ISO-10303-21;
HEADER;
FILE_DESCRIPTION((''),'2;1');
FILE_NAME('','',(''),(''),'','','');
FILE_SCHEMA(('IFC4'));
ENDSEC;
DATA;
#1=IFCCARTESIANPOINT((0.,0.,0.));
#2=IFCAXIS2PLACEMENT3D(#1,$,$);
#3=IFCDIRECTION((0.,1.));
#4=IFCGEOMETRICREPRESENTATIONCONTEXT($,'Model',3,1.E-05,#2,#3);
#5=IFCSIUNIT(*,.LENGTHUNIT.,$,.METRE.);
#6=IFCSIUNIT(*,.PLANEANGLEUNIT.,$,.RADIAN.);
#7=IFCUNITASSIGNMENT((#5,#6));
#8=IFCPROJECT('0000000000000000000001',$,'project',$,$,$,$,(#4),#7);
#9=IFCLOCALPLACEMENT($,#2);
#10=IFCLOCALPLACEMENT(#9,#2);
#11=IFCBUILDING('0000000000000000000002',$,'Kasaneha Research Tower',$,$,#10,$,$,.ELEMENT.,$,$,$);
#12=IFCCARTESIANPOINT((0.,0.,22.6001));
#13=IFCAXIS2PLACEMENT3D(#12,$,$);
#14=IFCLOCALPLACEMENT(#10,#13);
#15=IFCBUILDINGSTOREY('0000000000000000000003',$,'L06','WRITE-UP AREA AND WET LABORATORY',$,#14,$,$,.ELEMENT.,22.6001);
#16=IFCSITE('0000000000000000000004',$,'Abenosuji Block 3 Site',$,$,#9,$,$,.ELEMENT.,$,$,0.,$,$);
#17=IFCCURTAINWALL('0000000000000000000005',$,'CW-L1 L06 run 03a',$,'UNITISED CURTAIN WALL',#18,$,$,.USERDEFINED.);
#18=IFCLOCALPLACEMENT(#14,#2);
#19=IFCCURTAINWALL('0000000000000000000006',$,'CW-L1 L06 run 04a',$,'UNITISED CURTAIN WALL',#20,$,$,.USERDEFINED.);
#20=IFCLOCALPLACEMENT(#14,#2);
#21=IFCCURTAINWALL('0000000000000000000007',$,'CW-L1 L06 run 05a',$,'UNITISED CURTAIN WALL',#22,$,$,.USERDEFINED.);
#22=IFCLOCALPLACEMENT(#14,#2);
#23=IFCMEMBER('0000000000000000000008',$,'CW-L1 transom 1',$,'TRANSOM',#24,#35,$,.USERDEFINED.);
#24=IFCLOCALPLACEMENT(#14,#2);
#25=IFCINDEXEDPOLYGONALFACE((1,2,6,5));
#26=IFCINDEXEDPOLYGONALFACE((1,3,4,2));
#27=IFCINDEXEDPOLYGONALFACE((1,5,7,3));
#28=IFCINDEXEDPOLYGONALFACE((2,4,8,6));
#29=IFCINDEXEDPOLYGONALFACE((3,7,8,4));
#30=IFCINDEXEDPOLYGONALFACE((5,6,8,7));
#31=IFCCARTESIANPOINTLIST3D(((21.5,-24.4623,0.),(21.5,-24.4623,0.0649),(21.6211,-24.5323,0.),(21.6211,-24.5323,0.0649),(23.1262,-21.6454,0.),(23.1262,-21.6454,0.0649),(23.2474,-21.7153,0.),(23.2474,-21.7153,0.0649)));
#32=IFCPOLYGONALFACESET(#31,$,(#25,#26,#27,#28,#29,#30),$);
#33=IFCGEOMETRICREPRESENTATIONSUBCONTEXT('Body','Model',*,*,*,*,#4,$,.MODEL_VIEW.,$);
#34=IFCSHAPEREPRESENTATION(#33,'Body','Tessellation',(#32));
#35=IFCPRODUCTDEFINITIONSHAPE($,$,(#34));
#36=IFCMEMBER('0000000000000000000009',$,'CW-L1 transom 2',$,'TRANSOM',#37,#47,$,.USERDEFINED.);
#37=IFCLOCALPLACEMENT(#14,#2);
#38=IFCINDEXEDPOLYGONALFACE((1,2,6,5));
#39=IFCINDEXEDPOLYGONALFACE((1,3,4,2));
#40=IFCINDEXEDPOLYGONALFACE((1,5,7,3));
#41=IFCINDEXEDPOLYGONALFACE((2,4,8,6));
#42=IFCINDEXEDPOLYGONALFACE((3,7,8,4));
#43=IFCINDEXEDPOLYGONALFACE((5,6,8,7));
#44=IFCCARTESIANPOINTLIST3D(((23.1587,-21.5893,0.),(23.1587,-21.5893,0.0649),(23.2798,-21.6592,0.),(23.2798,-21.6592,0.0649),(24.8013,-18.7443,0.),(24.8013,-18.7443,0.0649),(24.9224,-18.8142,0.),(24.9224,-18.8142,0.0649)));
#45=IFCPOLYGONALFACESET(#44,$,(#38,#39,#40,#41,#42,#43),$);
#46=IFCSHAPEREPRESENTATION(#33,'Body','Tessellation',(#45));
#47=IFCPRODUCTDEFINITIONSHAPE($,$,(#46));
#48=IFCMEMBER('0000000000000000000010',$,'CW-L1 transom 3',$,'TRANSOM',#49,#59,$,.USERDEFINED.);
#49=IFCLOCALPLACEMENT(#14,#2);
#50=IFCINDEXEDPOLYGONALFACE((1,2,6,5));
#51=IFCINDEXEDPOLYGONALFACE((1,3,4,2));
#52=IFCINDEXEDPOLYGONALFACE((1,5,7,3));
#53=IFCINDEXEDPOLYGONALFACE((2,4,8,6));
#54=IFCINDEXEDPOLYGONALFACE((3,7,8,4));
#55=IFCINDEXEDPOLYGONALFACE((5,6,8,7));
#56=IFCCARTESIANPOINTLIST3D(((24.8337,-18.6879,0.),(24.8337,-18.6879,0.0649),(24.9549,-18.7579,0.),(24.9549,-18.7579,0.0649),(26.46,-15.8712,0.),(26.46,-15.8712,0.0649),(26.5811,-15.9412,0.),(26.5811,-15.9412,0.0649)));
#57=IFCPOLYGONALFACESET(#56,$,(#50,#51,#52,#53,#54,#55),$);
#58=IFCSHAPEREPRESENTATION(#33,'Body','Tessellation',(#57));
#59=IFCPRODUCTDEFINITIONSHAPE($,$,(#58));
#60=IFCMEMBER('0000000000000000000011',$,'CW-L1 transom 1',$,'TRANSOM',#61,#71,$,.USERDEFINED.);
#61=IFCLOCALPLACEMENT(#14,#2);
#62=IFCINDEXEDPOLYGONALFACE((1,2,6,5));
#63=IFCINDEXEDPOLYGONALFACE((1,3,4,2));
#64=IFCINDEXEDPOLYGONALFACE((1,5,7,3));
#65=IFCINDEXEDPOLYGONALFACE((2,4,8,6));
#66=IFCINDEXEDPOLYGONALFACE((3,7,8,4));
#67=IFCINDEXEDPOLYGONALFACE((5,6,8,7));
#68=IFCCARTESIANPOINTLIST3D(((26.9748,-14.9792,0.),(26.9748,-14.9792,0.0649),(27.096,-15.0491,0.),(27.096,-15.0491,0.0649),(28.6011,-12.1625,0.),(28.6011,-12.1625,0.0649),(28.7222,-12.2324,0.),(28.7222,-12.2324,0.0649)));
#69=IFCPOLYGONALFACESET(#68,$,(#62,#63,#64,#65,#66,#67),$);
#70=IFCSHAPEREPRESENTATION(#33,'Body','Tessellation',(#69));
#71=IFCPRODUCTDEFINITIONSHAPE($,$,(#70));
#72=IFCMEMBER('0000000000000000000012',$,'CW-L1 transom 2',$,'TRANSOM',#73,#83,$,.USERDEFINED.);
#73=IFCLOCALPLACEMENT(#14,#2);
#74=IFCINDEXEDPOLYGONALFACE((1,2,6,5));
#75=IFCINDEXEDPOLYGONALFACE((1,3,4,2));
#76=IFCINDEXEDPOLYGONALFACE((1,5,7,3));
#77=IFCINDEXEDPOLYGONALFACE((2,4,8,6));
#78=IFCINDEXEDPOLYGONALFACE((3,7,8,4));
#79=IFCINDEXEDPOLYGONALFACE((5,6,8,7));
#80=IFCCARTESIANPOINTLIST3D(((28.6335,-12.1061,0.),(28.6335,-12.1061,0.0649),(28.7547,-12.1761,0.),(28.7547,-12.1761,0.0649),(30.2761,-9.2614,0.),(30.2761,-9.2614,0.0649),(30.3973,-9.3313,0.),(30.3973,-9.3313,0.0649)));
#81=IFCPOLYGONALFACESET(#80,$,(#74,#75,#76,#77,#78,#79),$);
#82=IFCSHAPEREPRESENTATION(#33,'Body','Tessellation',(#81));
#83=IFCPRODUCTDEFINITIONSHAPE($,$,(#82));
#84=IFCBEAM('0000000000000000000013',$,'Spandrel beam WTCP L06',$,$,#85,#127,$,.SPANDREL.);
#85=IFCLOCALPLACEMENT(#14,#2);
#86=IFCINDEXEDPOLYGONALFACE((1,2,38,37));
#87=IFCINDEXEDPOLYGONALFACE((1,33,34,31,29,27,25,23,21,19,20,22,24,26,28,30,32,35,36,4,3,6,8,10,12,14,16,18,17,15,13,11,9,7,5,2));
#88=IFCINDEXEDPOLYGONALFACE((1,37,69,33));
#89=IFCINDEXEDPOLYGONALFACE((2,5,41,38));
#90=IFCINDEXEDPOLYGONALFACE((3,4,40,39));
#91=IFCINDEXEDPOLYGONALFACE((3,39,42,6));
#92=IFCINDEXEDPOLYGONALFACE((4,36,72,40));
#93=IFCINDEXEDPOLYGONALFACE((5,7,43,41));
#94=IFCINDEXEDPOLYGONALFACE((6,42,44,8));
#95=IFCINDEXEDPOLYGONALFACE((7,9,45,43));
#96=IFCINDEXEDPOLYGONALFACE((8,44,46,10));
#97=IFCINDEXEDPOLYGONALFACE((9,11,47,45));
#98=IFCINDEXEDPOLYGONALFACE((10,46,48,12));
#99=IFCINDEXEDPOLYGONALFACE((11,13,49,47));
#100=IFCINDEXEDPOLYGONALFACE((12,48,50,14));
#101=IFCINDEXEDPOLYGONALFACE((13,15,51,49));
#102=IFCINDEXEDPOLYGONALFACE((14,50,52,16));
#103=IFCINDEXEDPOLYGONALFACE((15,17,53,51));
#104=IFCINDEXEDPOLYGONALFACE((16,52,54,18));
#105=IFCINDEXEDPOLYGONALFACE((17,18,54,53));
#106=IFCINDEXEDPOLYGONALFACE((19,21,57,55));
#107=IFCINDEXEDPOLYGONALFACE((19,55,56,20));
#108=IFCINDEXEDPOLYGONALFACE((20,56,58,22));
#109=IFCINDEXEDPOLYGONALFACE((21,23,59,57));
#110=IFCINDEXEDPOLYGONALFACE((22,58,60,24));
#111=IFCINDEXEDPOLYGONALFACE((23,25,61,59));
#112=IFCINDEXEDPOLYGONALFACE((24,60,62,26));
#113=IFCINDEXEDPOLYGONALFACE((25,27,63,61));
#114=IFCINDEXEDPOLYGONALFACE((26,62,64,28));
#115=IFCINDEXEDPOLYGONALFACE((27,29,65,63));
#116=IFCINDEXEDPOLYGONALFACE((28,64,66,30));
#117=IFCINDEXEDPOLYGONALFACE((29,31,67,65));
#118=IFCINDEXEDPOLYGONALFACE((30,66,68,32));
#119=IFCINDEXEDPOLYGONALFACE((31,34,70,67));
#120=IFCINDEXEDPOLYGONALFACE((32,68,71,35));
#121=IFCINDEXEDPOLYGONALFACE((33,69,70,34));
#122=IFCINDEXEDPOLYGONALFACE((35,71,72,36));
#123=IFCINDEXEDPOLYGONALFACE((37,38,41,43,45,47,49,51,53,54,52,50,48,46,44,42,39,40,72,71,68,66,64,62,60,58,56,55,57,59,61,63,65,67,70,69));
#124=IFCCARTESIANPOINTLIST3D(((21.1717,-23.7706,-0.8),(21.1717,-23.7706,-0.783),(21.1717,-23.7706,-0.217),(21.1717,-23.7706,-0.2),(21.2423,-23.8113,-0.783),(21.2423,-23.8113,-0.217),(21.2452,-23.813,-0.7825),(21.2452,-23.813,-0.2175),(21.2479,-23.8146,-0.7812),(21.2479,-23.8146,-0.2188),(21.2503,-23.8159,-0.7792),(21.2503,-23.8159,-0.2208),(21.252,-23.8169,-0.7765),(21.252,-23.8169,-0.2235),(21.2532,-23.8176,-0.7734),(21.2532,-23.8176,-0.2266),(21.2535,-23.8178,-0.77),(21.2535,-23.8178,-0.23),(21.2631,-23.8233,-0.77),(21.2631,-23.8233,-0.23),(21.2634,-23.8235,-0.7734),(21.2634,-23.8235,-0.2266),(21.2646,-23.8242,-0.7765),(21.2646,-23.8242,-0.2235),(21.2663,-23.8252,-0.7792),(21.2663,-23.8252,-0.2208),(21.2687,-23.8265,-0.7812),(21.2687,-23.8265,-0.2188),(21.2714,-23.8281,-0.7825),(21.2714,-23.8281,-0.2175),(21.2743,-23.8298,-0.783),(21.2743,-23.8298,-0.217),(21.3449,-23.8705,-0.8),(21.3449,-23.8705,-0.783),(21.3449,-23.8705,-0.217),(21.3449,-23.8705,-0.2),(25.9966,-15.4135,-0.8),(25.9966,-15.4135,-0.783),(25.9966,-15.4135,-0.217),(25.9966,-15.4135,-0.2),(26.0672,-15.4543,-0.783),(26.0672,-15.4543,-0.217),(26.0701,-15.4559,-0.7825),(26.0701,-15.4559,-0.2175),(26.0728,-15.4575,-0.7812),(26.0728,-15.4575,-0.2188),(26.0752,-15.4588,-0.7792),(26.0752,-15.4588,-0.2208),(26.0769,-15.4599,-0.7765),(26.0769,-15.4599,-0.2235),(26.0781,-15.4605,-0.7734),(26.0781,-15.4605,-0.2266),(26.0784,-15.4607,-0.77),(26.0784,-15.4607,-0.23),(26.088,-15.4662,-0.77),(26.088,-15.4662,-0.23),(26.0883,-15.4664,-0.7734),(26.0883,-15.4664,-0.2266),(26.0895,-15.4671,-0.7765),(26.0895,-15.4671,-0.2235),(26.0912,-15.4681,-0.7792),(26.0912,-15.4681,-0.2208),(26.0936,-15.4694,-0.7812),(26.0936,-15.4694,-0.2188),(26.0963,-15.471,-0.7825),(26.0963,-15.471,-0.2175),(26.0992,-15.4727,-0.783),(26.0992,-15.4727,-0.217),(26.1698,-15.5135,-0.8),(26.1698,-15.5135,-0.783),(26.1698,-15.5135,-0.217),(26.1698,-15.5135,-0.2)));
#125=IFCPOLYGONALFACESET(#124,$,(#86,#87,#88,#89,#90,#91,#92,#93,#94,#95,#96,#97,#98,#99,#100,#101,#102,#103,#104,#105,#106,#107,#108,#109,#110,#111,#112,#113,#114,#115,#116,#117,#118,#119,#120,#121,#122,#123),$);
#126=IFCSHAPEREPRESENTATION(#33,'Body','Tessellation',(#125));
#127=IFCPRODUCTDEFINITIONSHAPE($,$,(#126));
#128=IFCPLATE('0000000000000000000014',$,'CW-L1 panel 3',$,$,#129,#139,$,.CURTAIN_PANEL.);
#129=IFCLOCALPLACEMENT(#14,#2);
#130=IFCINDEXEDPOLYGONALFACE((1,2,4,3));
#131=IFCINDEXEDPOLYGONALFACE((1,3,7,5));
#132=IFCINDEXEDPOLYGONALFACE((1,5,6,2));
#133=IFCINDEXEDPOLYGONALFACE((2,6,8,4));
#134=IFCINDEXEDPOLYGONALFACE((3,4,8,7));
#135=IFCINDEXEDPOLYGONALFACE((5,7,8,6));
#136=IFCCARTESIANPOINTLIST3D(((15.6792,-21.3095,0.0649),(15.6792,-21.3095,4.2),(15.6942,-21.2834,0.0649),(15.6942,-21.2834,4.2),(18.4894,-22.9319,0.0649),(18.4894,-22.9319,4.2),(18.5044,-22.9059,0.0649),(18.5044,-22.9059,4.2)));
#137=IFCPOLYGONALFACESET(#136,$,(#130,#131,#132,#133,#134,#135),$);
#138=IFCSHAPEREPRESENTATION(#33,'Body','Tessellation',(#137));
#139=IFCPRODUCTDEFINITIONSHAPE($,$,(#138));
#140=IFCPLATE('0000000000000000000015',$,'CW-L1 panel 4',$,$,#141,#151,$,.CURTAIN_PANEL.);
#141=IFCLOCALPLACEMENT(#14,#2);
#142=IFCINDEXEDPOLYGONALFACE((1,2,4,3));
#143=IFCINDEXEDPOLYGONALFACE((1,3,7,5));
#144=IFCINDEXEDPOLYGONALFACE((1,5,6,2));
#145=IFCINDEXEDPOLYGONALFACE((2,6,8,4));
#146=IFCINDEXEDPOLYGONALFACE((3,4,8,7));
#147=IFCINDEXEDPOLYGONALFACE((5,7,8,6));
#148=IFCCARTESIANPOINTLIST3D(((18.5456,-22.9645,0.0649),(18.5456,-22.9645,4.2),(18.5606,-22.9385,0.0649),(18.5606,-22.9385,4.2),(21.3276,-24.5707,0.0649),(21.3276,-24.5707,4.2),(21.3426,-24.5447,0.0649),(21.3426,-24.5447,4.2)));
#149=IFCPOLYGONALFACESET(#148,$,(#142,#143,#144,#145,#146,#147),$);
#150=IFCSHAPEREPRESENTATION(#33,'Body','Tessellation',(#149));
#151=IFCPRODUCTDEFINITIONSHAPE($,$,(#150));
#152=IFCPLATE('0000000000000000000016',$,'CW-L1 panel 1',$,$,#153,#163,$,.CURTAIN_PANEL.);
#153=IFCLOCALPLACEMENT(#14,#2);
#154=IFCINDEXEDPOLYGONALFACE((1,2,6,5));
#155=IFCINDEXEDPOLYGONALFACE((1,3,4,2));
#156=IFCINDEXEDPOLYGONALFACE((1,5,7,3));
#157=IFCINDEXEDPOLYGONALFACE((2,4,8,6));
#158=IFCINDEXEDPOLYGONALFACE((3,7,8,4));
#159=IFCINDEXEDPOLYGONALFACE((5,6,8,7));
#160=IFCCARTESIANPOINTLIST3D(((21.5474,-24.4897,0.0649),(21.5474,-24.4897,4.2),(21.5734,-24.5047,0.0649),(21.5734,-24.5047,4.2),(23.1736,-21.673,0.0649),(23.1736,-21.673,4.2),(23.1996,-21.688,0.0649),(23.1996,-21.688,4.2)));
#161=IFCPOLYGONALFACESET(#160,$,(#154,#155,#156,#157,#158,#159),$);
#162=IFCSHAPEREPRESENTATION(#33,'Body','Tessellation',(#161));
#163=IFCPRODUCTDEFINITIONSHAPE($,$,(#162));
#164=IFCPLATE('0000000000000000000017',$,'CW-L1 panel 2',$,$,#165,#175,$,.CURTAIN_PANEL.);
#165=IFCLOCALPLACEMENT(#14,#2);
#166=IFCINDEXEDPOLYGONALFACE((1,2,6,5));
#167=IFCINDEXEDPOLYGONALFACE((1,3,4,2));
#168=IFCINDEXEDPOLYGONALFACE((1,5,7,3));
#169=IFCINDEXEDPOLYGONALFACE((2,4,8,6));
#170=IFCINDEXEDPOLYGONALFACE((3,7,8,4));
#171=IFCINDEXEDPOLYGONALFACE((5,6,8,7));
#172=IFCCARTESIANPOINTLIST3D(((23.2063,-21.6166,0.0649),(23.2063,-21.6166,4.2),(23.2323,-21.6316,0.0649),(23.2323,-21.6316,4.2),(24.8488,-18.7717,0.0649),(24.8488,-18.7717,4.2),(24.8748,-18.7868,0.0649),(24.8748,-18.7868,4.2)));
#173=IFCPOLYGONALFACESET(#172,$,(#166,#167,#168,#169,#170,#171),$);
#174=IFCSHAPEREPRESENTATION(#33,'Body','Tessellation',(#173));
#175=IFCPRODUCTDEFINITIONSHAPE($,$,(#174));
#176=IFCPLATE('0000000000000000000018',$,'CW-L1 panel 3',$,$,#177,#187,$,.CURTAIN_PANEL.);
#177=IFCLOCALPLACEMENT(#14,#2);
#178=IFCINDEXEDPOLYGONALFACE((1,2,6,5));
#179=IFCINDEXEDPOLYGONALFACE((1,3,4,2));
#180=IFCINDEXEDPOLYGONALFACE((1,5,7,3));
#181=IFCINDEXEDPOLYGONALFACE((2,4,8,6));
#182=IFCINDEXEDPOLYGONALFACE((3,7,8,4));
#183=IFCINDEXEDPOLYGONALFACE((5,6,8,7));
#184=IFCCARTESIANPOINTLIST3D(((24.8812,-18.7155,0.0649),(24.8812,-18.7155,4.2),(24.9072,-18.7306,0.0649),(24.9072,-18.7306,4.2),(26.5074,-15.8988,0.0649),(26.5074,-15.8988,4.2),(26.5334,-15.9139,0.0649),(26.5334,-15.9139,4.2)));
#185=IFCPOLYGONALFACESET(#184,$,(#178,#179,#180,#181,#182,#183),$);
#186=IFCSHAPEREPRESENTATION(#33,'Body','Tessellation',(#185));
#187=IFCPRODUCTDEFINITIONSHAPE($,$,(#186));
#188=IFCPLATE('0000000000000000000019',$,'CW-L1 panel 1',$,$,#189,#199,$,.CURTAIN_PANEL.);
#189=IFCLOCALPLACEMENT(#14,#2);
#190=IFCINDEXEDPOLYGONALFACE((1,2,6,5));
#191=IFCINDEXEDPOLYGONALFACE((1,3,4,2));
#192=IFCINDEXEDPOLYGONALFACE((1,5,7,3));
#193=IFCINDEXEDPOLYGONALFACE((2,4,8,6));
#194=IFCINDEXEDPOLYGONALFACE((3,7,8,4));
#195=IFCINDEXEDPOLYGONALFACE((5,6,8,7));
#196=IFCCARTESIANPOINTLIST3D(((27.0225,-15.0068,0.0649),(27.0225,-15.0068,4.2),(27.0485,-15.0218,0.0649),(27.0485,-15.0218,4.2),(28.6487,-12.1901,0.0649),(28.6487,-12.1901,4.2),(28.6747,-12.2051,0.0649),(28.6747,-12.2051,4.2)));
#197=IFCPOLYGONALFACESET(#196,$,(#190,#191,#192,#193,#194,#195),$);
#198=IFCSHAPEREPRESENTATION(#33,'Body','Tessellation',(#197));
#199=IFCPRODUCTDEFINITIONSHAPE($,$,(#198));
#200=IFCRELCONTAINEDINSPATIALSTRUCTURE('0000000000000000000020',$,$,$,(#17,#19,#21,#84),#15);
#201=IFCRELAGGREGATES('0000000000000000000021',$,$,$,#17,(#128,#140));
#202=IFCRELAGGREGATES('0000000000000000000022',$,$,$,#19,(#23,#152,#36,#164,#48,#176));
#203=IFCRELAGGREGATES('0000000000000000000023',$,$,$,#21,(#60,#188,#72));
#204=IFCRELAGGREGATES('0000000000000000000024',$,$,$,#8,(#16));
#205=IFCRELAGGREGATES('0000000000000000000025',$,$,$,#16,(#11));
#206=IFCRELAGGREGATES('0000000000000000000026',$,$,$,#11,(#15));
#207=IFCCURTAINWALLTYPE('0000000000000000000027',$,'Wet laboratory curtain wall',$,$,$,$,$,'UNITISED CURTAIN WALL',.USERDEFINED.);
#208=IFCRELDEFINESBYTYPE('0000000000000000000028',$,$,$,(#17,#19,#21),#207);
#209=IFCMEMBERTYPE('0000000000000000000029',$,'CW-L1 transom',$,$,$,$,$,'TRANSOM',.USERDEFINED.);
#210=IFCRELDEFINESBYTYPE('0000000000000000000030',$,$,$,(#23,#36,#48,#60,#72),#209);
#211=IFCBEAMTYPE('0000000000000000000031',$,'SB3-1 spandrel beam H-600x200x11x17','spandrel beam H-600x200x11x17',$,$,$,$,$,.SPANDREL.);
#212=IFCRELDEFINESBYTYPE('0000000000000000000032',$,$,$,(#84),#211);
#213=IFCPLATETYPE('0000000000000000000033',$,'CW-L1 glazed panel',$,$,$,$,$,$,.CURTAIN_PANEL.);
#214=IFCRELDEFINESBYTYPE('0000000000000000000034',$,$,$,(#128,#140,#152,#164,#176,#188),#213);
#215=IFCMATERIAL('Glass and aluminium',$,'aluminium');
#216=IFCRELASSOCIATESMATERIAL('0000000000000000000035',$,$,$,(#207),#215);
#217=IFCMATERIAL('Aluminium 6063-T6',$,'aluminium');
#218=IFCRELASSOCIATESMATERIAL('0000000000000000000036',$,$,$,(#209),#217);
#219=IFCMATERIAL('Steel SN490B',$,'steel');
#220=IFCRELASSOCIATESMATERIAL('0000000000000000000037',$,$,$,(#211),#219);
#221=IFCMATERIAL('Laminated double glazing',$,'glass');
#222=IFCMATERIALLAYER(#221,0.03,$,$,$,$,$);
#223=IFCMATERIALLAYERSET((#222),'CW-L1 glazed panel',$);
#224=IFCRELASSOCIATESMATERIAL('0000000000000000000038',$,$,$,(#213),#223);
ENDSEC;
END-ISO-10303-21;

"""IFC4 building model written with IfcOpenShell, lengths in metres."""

from ifc_helpers import new_model, si_unit, direction, frame, origin, origin_2d, place, context, subcontext, project, spatial, rectangle, i_section, extrude, material, layer, layer_set, material_profile, profile_set, type_object, element, aggregate, save


model = new_model("IFC4")

# Units and contexts
model_context = context("Model", 3, precision=1e-05, world=origin(), true_north=direction((0.0, 1.0)))
body_context = subcontext(model_context, "Body", "Model", "MODEL_VIEW")
ifc_project = project(units=[si_unit("LENGTHUNIT", "METRE"), si_unit("PLANEANGLEUNIT", "RADIAN")], contexts=[model_context])

# Site, building, storey
site_placement = place(None, origin())
site = spatial("IfcSite", under=ifc_project, at=site_placement, Name="Abenosuji Block 3 Site", CompositionType="ELEMENT", RefElevation=0.0)
building_placement = place(site_placement, origin())
building = spatial("IfcBuilding", under=site, at=building_placement, Name="Kasaneha Research Tower", CompositionType="ELEMENT")
storey_placement = place(building_placement, frame((0.0, 0.0, 22.6001)))
storey = spatial("IfcBuildingStorey", under=building, at=storey_placement, Name="L06", Description="WRITE-UP AREA AND WET LABORATORY", CompositionType="ELEMENT", Elevation=22.6001)

# Curtain walls
ifc_material_1 = material(Name="Glass and aluminium", Category="aluminium")
curtain_wall_type = type_object("IfcCurtainWallType", Name="Wet laboratory curtain wall", ElementType="UNITISED CURTAIN WALL", PredefinedType="USERDEFINED", material=ifc_material_1)
curtain_wall_1_placement = place(storey_placement, origin())
curtain_wall_1 = element("IfcCurtainWall", 1, at=curtain_wall_1_placement, inside=storey, type_object=curtain_wall_type, Name="CW-L1 L06 run 03a", ObjectType="UNITISED CURTAIN WALL", PredefinedType="USERDEFINED")
curtain_wall_2_placement = place(storey_placement, origin())
curtain_wall_2 = element("IfcCurtainWall", 2, at=curtain_wall_2_placement, inside=storey, type_object=curtain_wall_type, Name="CW-L1 L06 run 04a", ObjectType="UNITISED CURTAIN WALL", PredefinedType="USERDEFINED")
curtain_wall_3_placement = place(storey_placement, origin())
curtain_wall_3 = element("IfcCurtainWall", 3, at=curtain_wall_3_placement, inside=storey, type_object=curtain_wall_type, Name="CW-L1 L06 run 05a", ObjectType="UNITISED CURTAIN WALL", PredefinedType="USERDEFINED")

# Members
ifc_material_2 = material(Name="Aluminium 6063-T6", Category="aluminium")
ifc_material_profile_1 = material_profile(ifc_material_2, rectangle(XDim=0.1399, YDim=0.0649, at=origin_2d()), Name="CW-L1 transom 140x65")
ifc_profile_set_1 = profile_set([ifc_material_profile_1], Name="Aluminium 6063-T6")
member_type_1 = type_object("IfcMemberType", Name="CW-L1 transom", ElementType="TRANSOM", PredefinedType="USERDEFINED", material=ifc_profile_set_1)
member_1_placement = place(storey_placement, frame((21.5605, -24.4973, 0.0325), z_axis=(0.499974, 0.866041, 0.0), x_axis=(-0.866041, 0.499974, 0.0)))
member_1 = element("IfcMember", 4, at=member_1_placement, type_object=member_type_1, Name="CW-L1 transom 1", ObjectType="TRANSOM", PredefinedType="USERDEFINED", context=body_context, shape_type="SweptSolid", body=[
    extrude(rectangle(XDim=0.1399, YDim=0.0649, at=origin_2d()), origin(), (0.0, 0.0, 1.0), 3.2527),
])
member_2_placement = place(storey_placement, frame((23.2192, -21.6243, 0.0325), z_axis=(0.500008, 0.866021, 0.0), x_axis=(-0.866021, 0.500008, 0.0)))
member_2 = element("IfcMember", 5, at=member_2_placement, type_object=member_type_1, Name="CW-L1 transom 2", ObjectType="TRANSOM", PredefinedType="USERDEFINED", context=body_context, shape_type="SweptSolid", body=[
    extrude(rectangle(XDim=0.1399, YDim=0.0649, at=origin_2d()), origin(), (0.0, 0.0, 1.0), 3.2852),
])
member_3_placement = place(storey_placement, frame((24.8943, -18.7229, 0.0325), z_axis=(0.500006, 0.866022, 0.0), x_axis=(-0.866022, 0.500006, 0.0)))
member_3 = element("IfcMember", 6, at=member_3_placement, type_object=member_type_1, Name="CW-L1 transom 3", ObjectType="TRANSOM", PredefinedType="USERDEFINED", context=body_context, shape_type="SweptSolid", body=[
    extrude(rectangle(XDim=0.1399, YDim=0.0649, at=origin_2d()), origin(), (0.0, 0.0, 1.0), 3.2524),
])
member_4_placement = place(storey_placement, frame((27.0354, -15.0142, 0.0325), z_axis=(0.500006, 0.866022, 0.0), x_axis=(-0.866022, 0.500006, 0.0)))
member_4 = element("IfcMember", 7, at=member_4_placement, type_object=member_type_1, Name="CW-L1 transom 1", ObjectType="TRANSOM", PredefinedType="USERDEFINED", context=body_context, shape_type="SweptSolid", body=[
    extrude(rectangle(XDim=0.1399, YDim=0.0649, at=origin_2d()), origin(), (0.0, 0.0, 1.0), 3.2524),
])
member_5_placement = place(storey_placement, frame((28.6941, -12.1411, 0.0325), z_axis=(0.50004, 0.866002, 0.0), x_axis=(-0.866002, 0.50004, 0.0)))
member_5 = element("IfcMember", 8, at=member_5_placement, type_object=member_type_1, Name="CW-L1 transom 2", ObjectType="TRANSOM", PredefinedType="USERDEFINED", context=body_context, shape_type="SweptSolid", body=[
    extrude(rectangle(XDim=0.1399, YDim=0.0649, at=origin_2d()), origin(), (0.0, 0.0, 1.0), 3.2849),
])

# Beam
ifc_material_3 = material(Name="Steel SN490B", Category="steel")
ifc_material_profile_2 = material_profile(ifc_material_3, i_section(OverallWidth=0.2, OverallDepth=0.6001, WebThickness=0.011, FlangeThickness=0.0171, FilletRadius=0.0129, at=origin_2d()), Name="H-600x200x11x17")
ifc_profile_set_2 = profile_set([ifc_material_profile_2], Name="Steel SN490B")
beam_type_1 = type_object("IfcBeamType", Name="SB3-1 spandrel beam H-600x200x11x17", Description="spandrel beam H-600x200x11x17", PredefinedType="SPANDREL", material=ifc_profile_set_2)
beam_1_placement = place(storey_placement, frame((21.2583, -23.8206, -0.5), z_axis=(0.499995, 0.866028, 0.0), x_axis=(-0.866028, 0.499995, 0.0)))
element("IfcBeam", 9, at=beam_1_placement, inside=storey, type_object=beam_type_1, Name="Spandrel beam WTCP L06", PredefinedType="SPANDREL", context=body_context, shape_type="SweptSolid", body=[
    extrude(i_section(OverallWidth=0.2, OverallDepth=0.6001, WebThickness=0.011, FlangeThickness=0.0171, FilletRadius=0.0129, at=origin_2d()), origin(), (0.0, 0.0, 1.0), 9.6499),
])

# Plates
ifc_material_4 = material(Name="Laminated double glazing", Category="glass")
ifc_layer_1 = layer(ifc_material_4, 0.03)
ifc_layer_set_1 = layer_set([ifc_layer_1], Name="CW-L1 glazed panel")
plate_type = type_object("IfcPlateType", Name="CW-L1 glazed panel", PredefinedType="CURTAIN_PANEL", material=ifc_layer_set_1)
plate_1_placement = place(storey_placement, frame((17.0918, -22.1077, 0.0649), z_axis=(0.0, 0.0, 1.0), x_axis=(0.866025, -0.5, 0.0)))
plate_1 = element("IfcPlate", 10, at=plate_1_placement, type_object=plate_type, Name="CW-L1 panel 3", PredefinedType="CURTAIN_PANEL", context=body_context, shape_type="SweptSolid", body=[
    extrude(rectangle(XDim=3.2449, YDim=0.03, at=origin_2d()), origin(), (0.0, 0.0, 1.0), 4.135),
])
plate_2_placement = place(storey_placement, frame((19.9441, -23.7546, 0.0649), z_axis=(0.0, 0.0, 1.0), x_axis=(0.866025, -0.5, 0.0)))
plate_2 = element("IfcPlate", 11, at=plate_2_placement, type_object=plate_type, Name="CW-L1 panel 4", PredefinedType="CURTAIN_PANEL", context=body_context, shape_type="SweptSolid", body=[
    extrude(rectangle(XDim=3.2124, YDim=0.03, at=origin_2d()), origin(), (0.0, 0.0, 1.0), 4.135),
])
aggregate(curtain_wall_1, [plate_1, plate_2])
plate_3_placement = place(storey_placement, frame((22.3735, -23.0889, 0.0649), z_axis=(0.0, 0.0, 1.0), x_axis=(0.5, 0.866025, 0.0)))
plate_3 = element("IfcPlate", 12, at=plate_3_placement, type_object=plate_type, Name="CW-L1 panel 1", PredefinedType="CURTAIN_PANEL", context=body_context, shape_type="SweptSolid", body=[
    extrude(rectangle(XDim=3.2524, YDim=0.03, at=origin_2d()), origin(), (0.0, 0.0, 1.0), 4.135),
])
plate_4_placement = place(storey_placement, frame((24.0405, -20.2017, 0.0649), z_axis=(0.0, 0.0, 1.0), x_axis=(0.5, 0.866025, 0.0)))
plate_4 = element("IfcPlate", 13, at=plate_4_placement, type_object=plate_type, Name="CW-L1 panel 2", PredefinedType="CURTAIN_PANEL", context=body_context, shape_type="SweptSolid", body=[
    extrude(rectangle(XDim=3.2849, YDim=0.03, at=origin_2d()), origin(), (0.0, 0.0, 1.0), 4.135),
])
plate_5_placement = place(storey_placement, frame((25.7073, -17.3147, 0.0649), z_axis=(0.0, 0.0, 1.0), x_axis=(0.5, 0.866025, 0.0)))
plate_5 = element("IfcPlate", 14, at=plate_5_placement, type_object=plate_type, Name="CW-L1 panel 3", PredefinedType="CURTAIN_PANEL", context=body_context, shape_type="SweptSolid", body=[
    extrude(rectangle(XDim=3.2524, YDim=0.03, at=origin_2d()), origin(), (0.0, 0.0, 1.0), 4.135),
])
aggregate(curtain_wall_2, [member_1, plate_3, member_2, plate_4, member_3, plate_5])
plate_6_placement = place(storey_placement, frame((27.8486, -13.606, 0.0649), z_axis=(0.0, 0.0, 1.0), x_axis=(0.5, 0.866025, 0.0)))
plate_6 = element("IfcPlate", 15, at=plate_6_placement, type_object=plate_type, Name="CW-L1 panel 1", PredefinedType="CURTAIN_PANEL", context=body_context, shape_type="SweptSolid", body=[
    extrude(rectangle(XDim=3.2524, YDim=0.03, at=origin_2d()), origin(), (0.0, 0.0, 1.0), 4.135),
])
aggregate(curtain_wall_3, [member_4, plate_6, member_5])

save(model, "model.ifc")
